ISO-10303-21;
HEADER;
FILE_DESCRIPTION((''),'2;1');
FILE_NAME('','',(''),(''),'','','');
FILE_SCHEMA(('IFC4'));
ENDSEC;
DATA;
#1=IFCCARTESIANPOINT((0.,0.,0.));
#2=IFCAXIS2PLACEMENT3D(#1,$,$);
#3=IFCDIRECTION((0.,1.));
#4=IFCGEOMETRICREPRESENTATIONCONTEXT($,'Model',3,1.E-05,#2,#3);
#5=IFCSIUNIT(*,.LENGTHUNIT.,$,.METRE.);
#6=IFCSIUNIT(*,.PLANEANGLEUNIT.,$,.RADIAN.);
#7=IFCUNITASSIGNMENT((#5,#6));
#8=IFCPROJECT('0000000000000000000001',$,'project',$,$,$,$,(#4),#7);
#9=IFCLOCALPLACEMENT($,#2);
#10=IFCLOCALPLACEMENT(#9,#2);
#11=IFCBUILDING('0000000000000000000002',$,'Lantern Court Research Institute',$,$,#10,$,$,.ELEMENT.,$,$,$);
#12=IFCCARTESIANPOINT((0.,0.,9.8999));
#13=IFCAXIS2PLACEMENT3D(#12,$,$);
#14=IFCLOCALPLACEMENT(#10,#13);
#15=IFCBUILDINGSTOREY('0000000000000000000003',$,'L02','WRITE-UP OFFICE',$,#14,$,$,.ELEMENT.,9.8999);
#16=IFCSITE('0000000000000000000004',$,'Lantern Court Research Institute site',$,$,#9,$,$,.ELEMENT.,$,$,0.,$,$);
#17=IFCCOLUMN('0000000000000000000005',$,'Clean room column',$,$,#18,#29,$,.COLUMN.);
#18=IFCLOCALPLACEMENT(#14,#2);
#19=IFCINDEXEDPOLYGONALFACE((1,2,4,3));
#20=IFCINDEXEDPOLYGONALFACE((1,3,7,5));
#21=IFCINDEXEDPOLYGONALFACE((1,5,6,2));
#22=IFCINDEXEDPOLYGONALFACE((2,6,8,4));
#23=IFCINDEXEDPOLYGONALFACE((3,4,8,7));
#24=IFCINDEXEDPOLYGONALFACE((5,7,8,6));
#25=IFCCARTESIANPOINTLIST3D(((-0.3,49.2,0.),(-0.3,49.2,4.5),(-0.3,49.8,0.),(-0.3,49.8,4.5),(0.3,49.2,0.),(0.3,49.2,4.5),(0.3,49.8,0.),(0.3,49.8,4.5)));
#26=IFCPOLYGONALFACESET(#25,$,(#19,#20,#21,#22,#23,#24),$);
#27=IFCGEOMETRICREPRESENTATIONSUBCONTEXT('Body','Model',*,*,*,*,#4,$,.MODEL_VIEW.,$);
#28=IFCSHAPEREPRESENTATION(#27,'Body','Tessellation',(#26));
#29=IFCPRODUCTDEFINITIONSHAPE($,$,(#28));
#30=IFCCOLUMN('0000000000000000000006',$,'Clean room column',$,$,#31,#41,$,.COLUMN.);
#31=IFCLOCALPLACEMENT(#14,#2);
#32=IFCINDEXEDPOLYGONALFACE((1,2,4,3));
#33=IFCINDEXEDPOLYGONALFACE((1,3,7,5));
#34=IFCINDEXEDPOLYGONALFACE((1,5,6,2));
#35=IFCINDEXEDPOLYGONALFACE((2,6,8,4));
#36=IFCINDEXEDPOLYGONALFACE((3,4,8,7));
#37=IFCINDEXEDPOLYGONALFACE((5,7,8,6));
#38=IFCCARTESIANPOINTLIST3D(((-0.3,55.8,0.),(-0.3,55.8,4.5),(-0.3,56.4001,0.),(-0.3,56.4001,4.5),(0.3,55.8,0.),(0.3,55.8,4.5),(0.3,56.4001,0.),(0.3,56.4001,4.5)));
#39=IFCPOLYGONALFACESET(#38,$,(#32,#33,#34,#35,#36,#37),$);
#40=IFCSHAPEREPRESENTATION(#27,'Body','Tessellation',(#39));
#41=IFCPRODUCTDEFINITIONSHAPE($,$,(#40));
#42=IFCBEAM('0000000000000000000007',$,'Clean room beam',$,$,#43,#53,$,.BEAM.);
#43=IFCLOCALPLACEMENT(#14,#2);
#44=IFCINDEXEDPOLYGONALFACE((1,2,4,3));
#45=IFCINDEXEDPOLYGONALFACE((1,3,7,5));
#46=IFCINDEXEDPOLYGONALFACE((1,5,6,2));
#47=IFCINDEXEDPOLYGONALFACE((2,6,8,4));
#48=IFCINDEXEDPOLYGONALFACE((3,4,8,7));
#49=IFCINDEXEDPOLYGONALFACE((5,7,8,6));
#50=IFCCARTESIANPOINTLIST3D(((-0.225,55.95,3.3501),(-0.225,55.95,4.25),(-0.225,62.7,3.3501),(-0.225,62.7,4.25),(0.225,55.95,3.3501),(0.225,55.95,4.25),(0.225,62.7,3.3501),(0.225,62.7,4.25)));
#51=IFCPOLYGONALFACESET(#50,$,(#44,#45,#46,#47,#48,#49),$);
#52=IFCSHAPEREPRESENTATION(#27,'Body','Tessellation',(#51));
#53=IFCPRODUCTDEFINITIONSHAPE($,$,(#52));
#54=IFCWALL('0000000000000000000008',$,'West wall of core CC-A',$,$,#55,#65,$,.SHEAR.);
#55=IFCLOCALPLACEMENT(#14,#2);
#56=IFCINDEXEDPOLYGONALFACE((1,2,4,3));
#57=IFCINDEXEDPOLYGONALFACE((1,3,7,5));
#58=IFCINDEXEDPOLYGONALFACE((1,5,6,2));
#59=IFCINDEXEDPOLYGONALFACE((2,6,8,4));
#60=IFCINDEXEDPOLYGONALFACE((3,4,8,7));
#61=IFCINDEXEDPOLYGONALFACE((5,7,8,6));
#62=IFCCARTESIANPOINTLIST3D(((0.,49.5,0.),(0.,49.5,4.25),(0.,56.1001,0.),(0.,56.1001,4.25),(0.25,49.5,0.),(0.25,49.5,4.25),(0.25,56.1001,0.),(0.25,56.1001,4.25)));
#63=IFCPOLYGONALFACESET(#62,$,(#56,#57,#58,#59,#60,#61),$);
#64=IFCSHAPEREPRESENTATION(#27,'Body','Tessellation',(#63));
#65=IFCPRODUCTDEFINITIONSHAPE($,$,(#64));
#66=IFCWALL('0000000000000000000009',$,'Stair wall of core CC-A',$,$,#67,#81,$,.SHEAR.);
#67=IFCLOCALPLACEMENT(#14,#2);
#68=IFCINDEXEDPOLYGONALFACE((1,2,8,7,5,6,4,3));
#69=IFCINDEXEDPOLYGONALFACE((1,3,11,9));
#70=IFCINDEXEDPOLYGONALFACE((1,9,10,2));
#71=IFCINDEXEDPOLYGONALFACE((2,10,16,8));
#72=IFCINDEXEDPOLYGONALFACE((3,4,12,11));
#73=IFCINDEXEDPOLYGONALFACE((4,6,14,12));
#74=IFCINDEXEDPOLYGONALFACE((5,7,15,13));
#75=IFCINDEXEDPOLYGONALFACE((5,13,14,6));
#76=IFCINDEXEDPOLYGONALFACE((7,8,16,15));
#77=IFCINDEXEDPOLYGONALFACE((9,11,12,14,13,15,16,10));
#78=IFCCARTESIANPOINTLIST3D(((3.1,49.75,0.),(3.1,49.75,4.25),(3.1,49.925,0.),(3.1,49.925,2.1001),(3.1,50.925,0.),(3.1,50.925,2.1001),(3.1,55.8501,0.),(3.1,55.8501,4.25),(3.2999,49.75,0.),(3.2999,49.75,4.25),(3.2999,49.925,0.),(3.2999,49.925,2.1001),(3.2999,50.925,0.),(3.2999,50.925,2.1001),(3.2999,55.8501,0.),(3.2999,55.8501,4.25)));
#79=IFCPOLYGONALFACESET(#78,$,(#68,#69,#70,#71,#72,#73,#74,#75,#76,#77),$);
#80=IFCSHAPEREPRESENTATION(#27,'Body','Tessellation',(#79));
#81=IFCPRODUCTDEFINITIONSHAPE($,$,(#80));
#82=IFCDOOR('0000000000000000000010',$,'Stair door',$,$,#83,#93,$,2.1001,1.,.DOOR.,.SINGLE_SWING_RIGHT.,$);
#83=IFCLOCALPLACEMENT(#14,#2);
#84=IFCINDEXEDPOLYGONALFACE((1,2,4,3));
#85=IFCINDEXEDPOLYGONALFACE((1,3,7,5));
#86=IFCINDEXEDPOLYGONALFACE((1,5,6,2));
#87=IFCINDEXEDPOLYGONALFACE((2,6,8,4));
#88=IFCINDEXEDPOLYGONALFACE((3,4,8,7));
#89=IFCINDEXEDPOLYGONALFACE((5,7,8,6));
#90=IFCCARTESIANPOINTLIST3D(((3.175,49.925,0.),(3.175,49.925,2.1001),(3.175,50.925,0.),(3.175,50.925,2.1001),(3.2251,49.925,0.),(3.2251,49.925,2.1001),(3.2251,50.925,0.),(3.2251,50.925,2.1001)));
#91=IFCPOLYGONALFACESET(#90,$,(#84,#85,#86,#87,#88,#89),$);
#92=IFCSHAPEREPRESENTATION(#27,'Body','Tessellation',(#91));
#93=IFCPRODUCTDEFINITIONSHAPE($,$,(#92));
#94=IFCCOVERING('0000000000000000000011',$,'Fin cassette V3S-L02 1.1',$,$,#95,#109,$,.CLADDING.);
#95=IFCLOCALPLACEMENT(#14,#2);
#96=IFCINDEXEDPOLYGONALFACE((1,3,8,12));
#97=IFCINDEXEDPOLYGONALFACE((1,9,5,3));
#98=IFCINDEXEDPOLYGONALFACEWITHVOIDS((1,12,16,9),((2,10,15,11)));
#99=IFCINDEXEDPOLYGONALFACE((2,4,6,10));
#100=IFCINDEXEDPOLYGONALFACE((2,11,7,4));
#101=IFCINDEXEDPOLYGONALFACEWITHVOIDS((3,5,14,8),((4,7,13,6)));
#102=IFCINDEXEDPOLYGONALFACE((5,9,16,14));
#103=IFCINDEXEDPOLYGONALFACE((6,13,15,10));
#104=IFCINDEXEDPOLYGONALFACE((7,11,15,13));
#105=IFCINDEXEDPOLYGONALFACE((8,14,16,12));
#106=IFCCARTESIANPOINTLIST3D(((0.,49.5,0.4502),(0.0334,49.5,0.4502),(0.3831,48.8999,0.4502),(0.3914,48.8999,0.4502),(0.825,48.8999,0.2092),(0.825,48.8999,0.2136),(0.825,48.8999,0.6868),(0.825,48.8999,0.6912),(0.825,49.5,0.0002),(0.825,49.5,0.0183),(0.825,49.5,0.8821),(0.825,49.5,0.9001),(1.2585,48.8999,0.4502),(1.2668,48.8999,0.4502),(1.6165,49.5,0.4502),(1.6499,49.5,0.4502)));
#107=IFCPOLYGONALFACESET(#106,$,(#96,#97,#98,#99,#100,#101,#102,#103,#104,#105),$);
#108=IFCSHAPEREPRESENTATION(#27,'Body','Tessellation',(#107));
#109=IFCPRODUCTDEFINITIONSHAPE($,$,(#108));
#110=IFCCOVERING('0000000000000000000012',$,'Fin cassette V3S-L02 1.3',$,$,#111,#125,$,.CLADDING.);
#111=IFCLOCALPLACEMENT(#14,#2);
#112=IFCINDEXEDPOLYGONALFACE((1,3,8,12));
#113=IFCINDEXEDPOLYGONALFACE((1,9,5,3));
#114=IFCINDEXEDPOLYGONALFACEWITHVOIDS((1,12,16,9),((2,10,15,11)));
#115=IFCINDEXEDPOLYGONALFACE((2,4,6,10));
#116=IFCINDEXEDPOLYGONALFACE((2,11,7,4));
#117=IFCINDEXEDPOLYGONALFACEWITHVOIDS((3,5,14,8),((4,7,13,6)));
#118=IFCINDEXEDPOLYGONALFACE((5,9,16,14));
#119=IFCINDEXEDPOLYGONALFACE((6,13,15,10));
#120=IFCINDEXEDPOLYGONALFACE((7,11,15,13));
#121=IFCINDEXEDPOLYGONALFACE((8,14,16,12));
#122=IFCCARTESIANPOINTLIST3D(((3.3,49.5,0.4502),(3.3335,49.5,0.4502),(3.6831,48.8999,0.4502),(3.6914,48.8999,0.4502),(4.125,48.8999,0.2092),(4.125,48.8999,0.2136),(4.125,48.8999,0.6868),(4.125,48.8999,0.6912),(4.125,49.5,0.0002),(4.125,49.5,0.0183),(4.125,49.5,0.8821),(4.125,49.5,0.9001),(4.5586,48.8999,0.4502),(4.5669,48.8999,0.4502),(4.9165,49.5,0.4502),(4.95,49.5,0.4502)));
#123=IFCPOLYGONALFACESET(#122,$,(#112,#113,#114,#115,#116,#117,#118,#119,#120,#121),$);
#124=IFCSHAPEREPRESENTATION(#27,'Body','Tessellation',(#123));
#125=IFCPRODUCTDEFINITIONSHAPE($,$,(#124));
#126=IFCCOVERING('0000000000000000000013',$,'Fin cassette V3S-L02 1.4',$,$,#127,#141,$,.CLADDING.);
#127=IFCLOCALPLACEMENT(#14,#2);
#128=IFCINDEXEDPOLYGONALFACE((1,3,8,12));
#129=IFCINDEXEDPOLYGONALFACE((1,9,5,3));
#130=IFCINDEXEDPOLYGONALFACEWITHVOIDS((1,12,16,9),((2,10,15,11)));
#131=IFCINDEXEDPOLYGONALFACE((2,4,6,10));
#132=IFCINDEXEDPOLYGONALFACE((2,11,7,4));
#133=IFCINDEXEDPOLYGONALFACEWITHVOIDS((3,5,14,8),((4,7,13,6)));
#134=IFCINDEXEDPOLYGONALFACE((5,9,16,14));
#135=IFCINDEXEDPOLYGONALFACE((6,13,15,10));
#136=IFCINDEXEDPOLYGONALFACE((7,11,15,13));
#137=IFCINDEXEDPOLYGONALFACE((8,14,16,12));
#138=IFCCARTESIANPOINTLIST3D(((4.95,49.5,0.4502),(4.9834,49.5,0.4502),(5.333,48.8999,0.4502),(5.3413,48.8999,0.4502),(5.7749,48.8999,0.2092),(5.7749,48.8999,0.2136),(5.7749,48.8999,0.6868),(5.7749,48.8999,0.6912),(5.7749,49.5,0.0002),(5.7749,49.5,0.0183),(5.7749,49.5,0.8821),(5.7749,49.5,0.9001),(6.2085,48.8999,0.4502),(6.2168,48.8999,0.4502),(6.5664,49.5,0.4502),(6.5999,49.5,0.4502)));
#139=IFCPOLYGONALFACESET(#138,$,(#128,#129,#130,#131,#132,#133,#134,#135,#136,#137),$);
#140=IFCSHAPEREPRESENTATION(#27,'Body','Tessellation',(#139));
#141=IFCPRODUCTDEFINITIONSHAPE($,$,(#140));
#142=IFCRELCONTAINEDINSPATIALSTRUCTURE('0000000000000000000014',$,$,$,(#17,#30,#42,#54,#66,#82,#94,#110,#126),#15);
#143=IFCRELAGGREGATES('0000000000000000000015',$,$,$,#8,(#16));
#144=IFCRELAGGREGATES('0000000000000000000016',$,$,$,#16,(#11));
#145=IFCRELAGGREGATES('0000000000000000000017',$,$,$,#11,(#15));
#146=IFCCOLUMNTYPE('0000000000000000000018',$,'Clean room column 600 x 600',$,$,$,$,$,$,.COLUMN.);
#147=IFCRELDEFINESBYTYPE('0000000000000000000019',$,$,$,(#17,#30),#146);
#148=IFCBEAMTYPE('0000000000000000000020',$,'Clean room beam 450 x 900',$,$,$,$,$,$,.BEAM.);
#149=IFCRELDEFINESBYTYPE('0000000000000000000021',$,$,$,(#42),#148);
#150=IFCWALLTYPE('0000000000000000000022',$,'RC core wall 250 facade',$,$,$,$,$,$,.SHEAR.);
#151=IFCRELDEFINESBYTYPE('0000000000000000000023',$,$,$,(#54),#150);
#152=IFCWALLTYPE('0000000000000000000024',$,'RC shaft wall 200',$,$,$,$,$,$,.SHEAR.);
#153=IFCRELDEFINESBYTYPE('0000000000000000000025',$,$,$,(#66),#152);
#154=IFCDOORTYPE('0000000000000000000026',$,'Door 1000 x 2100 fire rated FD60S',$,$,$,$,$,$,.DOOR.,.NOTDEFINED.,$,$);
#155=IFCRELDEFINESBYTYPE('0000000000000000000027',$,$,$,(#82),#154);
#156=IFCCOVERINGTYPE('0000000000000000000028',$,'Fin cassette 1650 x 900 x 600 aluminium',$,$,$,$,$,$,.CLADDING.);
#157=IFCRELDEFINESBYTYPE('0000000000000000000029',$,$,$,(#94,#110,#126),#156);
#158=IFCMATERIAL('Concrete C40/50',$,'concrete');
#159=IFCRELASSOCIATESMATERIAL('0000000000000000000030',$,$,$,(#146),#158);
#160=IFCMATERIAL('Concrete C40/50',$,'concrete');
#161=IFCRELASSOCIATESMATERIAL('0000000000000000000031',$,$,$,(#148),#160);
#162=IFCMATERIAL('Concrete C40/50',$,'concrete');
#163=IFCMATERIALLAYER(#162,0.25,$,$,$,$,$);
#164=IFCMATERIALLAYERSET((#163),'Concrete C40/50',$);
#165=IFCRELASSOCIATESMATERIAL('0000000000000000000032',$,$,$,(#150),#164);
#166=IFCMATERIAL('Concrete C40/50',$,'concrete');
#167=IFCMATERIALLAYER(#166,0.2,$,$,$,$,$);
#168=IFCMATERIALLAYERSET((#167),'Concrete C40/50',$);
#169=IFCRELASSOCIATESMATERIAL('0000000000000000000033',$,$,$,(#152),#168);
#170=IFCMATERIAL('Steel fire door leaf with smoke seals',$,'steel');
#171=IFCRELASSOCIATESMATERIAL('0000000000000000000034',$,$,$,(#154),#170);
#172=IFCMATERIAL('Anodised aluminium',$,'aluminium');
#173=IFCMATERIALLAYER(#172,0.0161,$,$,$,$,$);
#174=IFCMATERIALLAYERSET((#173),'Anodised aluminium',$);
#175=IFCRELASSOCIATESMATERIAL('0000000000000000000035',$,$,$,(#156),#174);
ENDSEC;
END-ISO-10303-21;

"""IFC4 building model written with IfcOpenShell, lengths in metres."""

from ifc_helpers import new_model, entity, si_unit, direction, frame, frame_2d, origin, origin_2d, place, context, subcontext, project, spatial, rectangle, extrude, material, layer, layer_set, material_profile, profile_set, type_object, element, fill, save


model = new_model("IFC4")

# Units and contexts
model_context = context("Model", 3, precision=1e-05, world=origin(), true_north=direction((0.0, 1.0)))
body_context = subcontext(model_context, "Body", "Model", "MODEL_VIEW")
ifc_project = project(units=[si_unit("LENGTHUNIT", "METRE"), si_unit("PLANEANGLEUNIT", "RADIAN")], contexts=[model_context])

# Site, building, storey
site_placement = place(None, origin())
site = spatial("IfcSite", under=ifc_project, at=site_placement, Name="Lantern Court Research Institute site", CompositionType="ELEMENT", RefElevation=0.0)
building_placement = place(site_placement, origin())
building = spatial("IfcBuilding", under=site, at=building_placement, Name="Lantern Court Research Institute", CompositionType="ELEMENT")
storey_placement = place(building_placement, frame((0.0, 0.0, 9.8999)))
storey = spatial("IfcBuildingStorey", under=building, at=storey_placement, Name="L02", Description="WRITE-UP OFFICE", CompositionType="ELEMENT", Elevation=9.8999)

# Columns
ifc_material_1 = material(Name="Concrete C40/50", Category="concrete")
ifc_material_profile_1 = material_profile(ifc_material_1, rectangle(XDim=0.6001, YDim=0.6001, at=origin_2d()), Name="Clean room column 600 x 600")
ifc_profile_set_1 = profile_set([ifc_material_profile_1], Name="Concrete C40/50")
column_type = type_object("IfcColumnType", Name="Clean room column 600 x 600", PredefinedType="COLUMN", material=ifc_profile_set_1)
for number, where, z_axis, x_axis, name in (
    (1, (0.0, 49.5, 0.0), (0.0, 0.0, 1.0), (1.0, 0.0, 0.0), "Clean room column"),
    (2, (0.0, 56.1001, 0.0), (0.0, 0.0, 1.0), (1.0, 0.0, 0.0), "Clean room column"),
):
    element("IfcColumn", number, at=place(storey_placement, frame(where, z_axis=z_axis, x_axis=x_axis)), inside=storey, type_object=column_type, Name=name, PredefinedType="COLUMN", context=body_context, shape_type="SweptSolid", body=[
        extrude(rectangle(XDim=0.6001, YDim=0.6001, at=origin_2d()), origin(), (0.0, 0.0, 1.0), 4.5),
    ])

# Beam
ifc_material_2 = material(Name="Concrete C40/50", Category="concrete")
ifc_material_profile_2 = material_profile(ifc_material_2, rectangle(XDim=0.45, YDim=0.8999, at=origin_2d()), Name="Clean room beam 450 x 900")
ifc_profile_set_2 = profile_set([ifc_material_profile_2], Name="Concrete C40/50")
beam_type = type_object("IfcBeamType", Name="Clean room beam 450 x 900", PredefinedType="BEAM", material=ifc_profile_set_2)
beam_placement = place(storey_placement, frame((0.0, 55.95, 3.8), z_axis=(0.0, 1.0, 0.0), x_axis=(-1.0, 0.0, 0.0)))
element("IfcBeam", 3, at=beam_placement, inside=storey, type_object=beam_type, Name="Clean room beam", PredefinedType="BEAM", context=body_context, shape_type="SweptSolid", body=[
    extrude(rectangle(XDim=0.45, YDim=0.8999, at=origin_2d()), origin(), (0.0, 0.0, 1.0), 6.75),
])

# Wall
ifc_material_3 = material(Name="Concrete C40/50", Category="concrete")
ifc_layer_1 = layer(ifc_material_3, 0.25)
ifc_layer_set_1 = layer_set([ifc_layer_1], Name="Concrete C40/50")
wall_type_1 = type_object("IfcWallType", Name="RC core wall 250 facade", PredefinedType="SHEAR", material=ifc_layer_set_1)
wall_1_placement = place(storey_placement, frame((0.125, 49.5, 0.0), z_axis=(0.0, 0.0, 1.0), x_axis=(0.0, 1.0, 0.0)))
element("IfcWall", 4, at=wall_1_placement, inside=storey, type_object=wall_type_1, Name="West wall of core CC-A", PredefinedType="SHEAR", context=body_context, shape_type="SweptSolid", body=[
    extrude(rectangle(XDim=6.6001, YDim=0.25, at=frame_2d((3.3, 0.0))), origin(), (0.0, 0.0, 1.0), 4.25),
])

# Wall, opening, door
ifc_material_4 = material(Name="Concrete C40/50", Category="concrete")
ifc_layer_2 = layer(ifc_material_4, 0.2)
ifc_layer_set_2 = layer_set([ifc_layer_2], Name="Concrete C40/50")
wall_type_2 = type_object("IfcWallType", Name="RC shaft wall 200", PredefinedType="SHEAR", material=ifc_layer_set_2)
wall_2_placement = place(storey_placement, frame((3.2, 49.75, 0.0), z_axis=(0.0, 0.0, 1.0), x_axis=(0.0, 1.0, 0.0)))
wall_2 = element("IfcWall", 5, at=wall_2_placement, inside=storey, type_object=wall_type_2, Name="Stair wall of core CC-A", PredefinedType="SHEAR", context=body_context, shape_type="SweptSolid", body=[
    extrude(rectangle(XDim=6.1001, YDim=0.2, at=frame_2d((3.05, 0.0))), origin(), (0.0, 0.0, 1.0), 4.25),
])
opening_placement = place(wall_2_placement, frame((0.175, 0.0, 0.0)))
opening = element("IfcOpeningElement", 6, at=opening_placement, cuts=wall_2, PredefinedType="OPENING", context=body_context, shape_type="SweptSolid", body=[
    extrude(rectangle(XDim=1.0, YDim=2.1001, at=frame_2d((0.5, 1.05))), frame((0.0, 0.1099, 0.0), z_axis=(0.0, -1.0, 0.0), x_axis=(1.0, 0.0, 0.0)), (0.0, 0.0, 1.0), 0.22),
])
ifc_material_5 = material(Name="Steel fire door leaf with smoke seals", Category="steel")
door_type = type_object("IfcDoorType", Name="Door 1000 x 2100 fire rated FD60S", OperationType="NOTDEFINED", PredefinedType="DOOR", material=ifc_material_5)
door_placement = place(opening_placement, origin())
door = element("IfcDoor", 7, at=door_placement, inside=storey, type_object=door_type, Name="Stair door", OperationType="SINGLE_SWING_RIGHT", OverallHeight=2.1001, OverallWidth=1.0, PredefinedType="DOOR", context=body_context, shape_type="SweptSolid", body=[
    extrude(rectangle(XDim=1.0, YDim=2.1001, at=frame_2d((0.5, 1.05))), frame((0.0, 0.0249, 0.0), z_axis=(0.0, -1.0, 0.0), x_axis=(1.0, 0.0, 0.0)), (0.0, 0.0, 1.0), 0.05),
])
fill(opening, door)

# Coverings
ifc_material_6 = material(Name="Anodised aluminium", Category="aluminium")
ifc_layer_3 = layer(ifc_material_6, 0.0161)
ifc_layer_set_3 = layer_set([ifc_layer_3], Name="Anodised aluminium")
covering_type = type_object("IfcCoveringType", Name="Fin cassette 1650 x 900 x 600 aluminium", PredefinedType="CLADDING", material=ifc_layer_set_3)
covering_1_placement = place(storey_placement, frame((0.825, 49.5, 0.4502), z_axis=(0.0, -1.0, 0.0), x_axis=(1.0, 0.0, 0.0)))
cartesian_point_1 = entity("IfcCartesianPoint", [0.825, 0.0])
cartesian_point_2 = entity("IfcCartesianPoint", [0.7915, 0.0])
cartesian_point_3 = entity("IfcCartesianPoint", [0.4419, 0.0])
cartesian_point_4 = entity("IfcCartesianPoint", [0.4336, 0.0])
element("IfcCovering", 8, at=covering_1_placement, inside=storey, type_object=covering_type, Name="Fin cassette V3S-L02 1.1", PredefinedType="CLADDING", context=body_context, shape_type="SweptSolid", body=[
    entity("IfcExtrudedAreaSolidTapered", entity("IfcArbitraryProfileDefWithVoids", "AREA", None, entity("IfcPolyline", [cartesian_point_1, entity("IfcCartesianPoint", [0.0, 0.45]), entity("IfcCartesianPoint", [-0.825, 0.0]), entity("IfcCartesianPoint", [0.0, -0.45]), cartesian_point_1]), [entity("IfcPolyline", [cartesian_point_2, entity("IfcCartesianPoint", [0.0, 0.4319]), entity("IfcCartesianPoint", [-0.7915, 0.0]), entity("IfcCartesianPoint", [0.0, -0.4319]), cartesian_point_2])]), entity("IfcAxis2Placement3D", entity("IfcCartesianPoint", [0.0, 0.0, 0.0])), entity("IfcDirection", [0.0, 0.0, 1.0]), 0.6001, entity("IfcArbitraryProfileDefWithVoids", "AREA", None, entity("IfcPolyline", [cartesian_point_3, entity("IfcCartesianPoint", [0.0, 0.241]), entity("IfcCartesianPoint", [-0.4419, 0.0]), entity("IfcCartesianPoint", [0.0, -0.241]), cartesian_point_3]), [entity("IfcPolyline", [cartesian_point_4, entity("IfcCartesianPoint", [0.0, 0.2366]), entity("IfcCartesianPoint", [-0.4336, 0.0]), entity("IfcCartesianPoint", [0.0, -0.2366]), cartesian_point_4])])),
])
covering_2_placement = place(storey_placement, frame((4.125, 49.5, 0.4502), z_axis=(0.0, -1.0, 0.0), x_axis=(1.0, 0.0, 0.0)))
cartesian_point_5 = entity("IfcCartesianPoint", [0.825, 0.0])
cartesian_point_6 = entity("IfcCartesianPoint", [0.7915, 0.0])
cartesian_point_7 = entity("IfcCartesianPoint", [0.4419, 0.0])
cartesian_point_8 = entity("IfcCartesianPoint", [0.4336, 0.0])
element("IfcCovering", 9, at=covering_2_placement, inside=storey, type_object=covering_type, Name="Fin cassette V3S-L02 1.3", PredefinedType="CLADDING", context=body_context, shape_type="SweptSolid", body=[
    entity("IfcExtrudedAreaSolidTapered", entity("IfcArbitraryProfileDefWithVoids", "AREA", None, entity("IfcPolyline", [cartesian_point_5, entity("IfcCartesianPoint", [0.0, 0.45]), entity("IfcCartesianPoint", [-0.825, 0.0]), entity("IfcCartesianPoint", [0.0, -0.45]), cartesian_point_5]), [entity("IfcPolyline", [cartesian_point_6, entity("IfcCartesianPoint", [0.0, 0.4319]), entity("IfcCartesianPoint", [-0.7915, 0.0]), entity("IfcCartesianPoint", [0.0, -0.4319]), cartesian_point_6])]), entity("IfcAxis2Placement3D", entity("IfcCartesianPoint", [0.0, 0.0, 0.0])), entity("IfcDirection", [0.0, 0.0, 1.0]), 0.6001, entity("IfcArbitraryProfileDefWithVoids", "AREA", None, entity("IfcPolyline", [cartesian_point_7, entity("IfcCartesianPoint", [0.0, 0.241]), entity("IfcCartesianPoint", [-0.4419, 0.0]), entity("IfcCartesianPoint", [0.0, -0.241]), cartesian_point_7]), [entity("IfcPolyline", [cartesian_point_8, entity("IfcCartesianPoint", [0.0, 0.2366]), entity("IfcCartesianPoint", [-0.4336, 0.0]), entity("IfcCartesianPoint", [0.0, -0.2366]), cartesian_point_8])])),
])
covering_3_placement = place(storey_placement, frame((5.7749, 49.5, 0.4502), z_axis=(0.0, -1.0, 0.0), x_axis=(1.0, 0.0, 0.0)))
cartesian_point_9 = entity("IfcCartesianPoint", [0.825, 0.0])
cartesian_point_10 = entity("IfcCartesianPoint", [0.7915, 0.0])
cartesian_point_11 = entity("IfcCartesianPoint", [0.4419, 0.0])
cartesian_point_12 = entity("IfcCartesianPoint", [0.4336, 0.0])
element("IfcCovering", 10, at=covering_3_placement, inside=storey, type_object=covering_type, Name="Fin cassette V3S-L02 1.4", PredefinedType="CLADDING", context=body_context, shape_type="SweptSolid", body=[
    entity("IfcExtrudedAreaSolidTapered", entity("IfcArbitraryProfileDefWithVoids", "AREA", None, entity("IfcPolyline", [cartesian_point_9, entity("IfcCartesianPoint", [0.0, 0.45]), entity("IfcCartesianPoint", [-0.825, 0.0]), entity("IfcCartesianPoint", [0.0, -0.45]), cartesian_point_9]), [entity("IfcPolyline", [cartesian_point_10, entity("IfcCartesianPoint", [0.0, 0.4319]), entity("IfcCartesianPoint", [-0.7915, 0.0]), entity("IfcCartesianPoint", [0.0, -0.4319]), cartesian_point_10])]), entity("IfcAxis2Placement3D", entity("IfcCartesianPoint", [0.0, 0.0, 0.0])), entity("IfcDirection", [0.0, 0.0, 1.0]), 0.6001, entity("IfcArbitraryProfileDefWithVoids", "AREA", None, entity("IfcPolyline", [cartesian_point_11, entity("IfcCartesianPoint", [0.0, 0.241]), entity("IfcCartesianPoint", [-0.4419, 0.0]), entity("IfcCartesianPoint", [0.0, -0.241]), cartesian_point_11]), [entity("IfcPolyline", [cartesian_point_12, entity("IfcCartesianPoint", [0.0, 0.2366]), entity("IfcCartesianPoint", [-0.4336, 0.0]), entity("IfcCartesianPoint", [0.0, -0.2366]), cartesian_point_12])])),
])

save(model, "model.ifc")
